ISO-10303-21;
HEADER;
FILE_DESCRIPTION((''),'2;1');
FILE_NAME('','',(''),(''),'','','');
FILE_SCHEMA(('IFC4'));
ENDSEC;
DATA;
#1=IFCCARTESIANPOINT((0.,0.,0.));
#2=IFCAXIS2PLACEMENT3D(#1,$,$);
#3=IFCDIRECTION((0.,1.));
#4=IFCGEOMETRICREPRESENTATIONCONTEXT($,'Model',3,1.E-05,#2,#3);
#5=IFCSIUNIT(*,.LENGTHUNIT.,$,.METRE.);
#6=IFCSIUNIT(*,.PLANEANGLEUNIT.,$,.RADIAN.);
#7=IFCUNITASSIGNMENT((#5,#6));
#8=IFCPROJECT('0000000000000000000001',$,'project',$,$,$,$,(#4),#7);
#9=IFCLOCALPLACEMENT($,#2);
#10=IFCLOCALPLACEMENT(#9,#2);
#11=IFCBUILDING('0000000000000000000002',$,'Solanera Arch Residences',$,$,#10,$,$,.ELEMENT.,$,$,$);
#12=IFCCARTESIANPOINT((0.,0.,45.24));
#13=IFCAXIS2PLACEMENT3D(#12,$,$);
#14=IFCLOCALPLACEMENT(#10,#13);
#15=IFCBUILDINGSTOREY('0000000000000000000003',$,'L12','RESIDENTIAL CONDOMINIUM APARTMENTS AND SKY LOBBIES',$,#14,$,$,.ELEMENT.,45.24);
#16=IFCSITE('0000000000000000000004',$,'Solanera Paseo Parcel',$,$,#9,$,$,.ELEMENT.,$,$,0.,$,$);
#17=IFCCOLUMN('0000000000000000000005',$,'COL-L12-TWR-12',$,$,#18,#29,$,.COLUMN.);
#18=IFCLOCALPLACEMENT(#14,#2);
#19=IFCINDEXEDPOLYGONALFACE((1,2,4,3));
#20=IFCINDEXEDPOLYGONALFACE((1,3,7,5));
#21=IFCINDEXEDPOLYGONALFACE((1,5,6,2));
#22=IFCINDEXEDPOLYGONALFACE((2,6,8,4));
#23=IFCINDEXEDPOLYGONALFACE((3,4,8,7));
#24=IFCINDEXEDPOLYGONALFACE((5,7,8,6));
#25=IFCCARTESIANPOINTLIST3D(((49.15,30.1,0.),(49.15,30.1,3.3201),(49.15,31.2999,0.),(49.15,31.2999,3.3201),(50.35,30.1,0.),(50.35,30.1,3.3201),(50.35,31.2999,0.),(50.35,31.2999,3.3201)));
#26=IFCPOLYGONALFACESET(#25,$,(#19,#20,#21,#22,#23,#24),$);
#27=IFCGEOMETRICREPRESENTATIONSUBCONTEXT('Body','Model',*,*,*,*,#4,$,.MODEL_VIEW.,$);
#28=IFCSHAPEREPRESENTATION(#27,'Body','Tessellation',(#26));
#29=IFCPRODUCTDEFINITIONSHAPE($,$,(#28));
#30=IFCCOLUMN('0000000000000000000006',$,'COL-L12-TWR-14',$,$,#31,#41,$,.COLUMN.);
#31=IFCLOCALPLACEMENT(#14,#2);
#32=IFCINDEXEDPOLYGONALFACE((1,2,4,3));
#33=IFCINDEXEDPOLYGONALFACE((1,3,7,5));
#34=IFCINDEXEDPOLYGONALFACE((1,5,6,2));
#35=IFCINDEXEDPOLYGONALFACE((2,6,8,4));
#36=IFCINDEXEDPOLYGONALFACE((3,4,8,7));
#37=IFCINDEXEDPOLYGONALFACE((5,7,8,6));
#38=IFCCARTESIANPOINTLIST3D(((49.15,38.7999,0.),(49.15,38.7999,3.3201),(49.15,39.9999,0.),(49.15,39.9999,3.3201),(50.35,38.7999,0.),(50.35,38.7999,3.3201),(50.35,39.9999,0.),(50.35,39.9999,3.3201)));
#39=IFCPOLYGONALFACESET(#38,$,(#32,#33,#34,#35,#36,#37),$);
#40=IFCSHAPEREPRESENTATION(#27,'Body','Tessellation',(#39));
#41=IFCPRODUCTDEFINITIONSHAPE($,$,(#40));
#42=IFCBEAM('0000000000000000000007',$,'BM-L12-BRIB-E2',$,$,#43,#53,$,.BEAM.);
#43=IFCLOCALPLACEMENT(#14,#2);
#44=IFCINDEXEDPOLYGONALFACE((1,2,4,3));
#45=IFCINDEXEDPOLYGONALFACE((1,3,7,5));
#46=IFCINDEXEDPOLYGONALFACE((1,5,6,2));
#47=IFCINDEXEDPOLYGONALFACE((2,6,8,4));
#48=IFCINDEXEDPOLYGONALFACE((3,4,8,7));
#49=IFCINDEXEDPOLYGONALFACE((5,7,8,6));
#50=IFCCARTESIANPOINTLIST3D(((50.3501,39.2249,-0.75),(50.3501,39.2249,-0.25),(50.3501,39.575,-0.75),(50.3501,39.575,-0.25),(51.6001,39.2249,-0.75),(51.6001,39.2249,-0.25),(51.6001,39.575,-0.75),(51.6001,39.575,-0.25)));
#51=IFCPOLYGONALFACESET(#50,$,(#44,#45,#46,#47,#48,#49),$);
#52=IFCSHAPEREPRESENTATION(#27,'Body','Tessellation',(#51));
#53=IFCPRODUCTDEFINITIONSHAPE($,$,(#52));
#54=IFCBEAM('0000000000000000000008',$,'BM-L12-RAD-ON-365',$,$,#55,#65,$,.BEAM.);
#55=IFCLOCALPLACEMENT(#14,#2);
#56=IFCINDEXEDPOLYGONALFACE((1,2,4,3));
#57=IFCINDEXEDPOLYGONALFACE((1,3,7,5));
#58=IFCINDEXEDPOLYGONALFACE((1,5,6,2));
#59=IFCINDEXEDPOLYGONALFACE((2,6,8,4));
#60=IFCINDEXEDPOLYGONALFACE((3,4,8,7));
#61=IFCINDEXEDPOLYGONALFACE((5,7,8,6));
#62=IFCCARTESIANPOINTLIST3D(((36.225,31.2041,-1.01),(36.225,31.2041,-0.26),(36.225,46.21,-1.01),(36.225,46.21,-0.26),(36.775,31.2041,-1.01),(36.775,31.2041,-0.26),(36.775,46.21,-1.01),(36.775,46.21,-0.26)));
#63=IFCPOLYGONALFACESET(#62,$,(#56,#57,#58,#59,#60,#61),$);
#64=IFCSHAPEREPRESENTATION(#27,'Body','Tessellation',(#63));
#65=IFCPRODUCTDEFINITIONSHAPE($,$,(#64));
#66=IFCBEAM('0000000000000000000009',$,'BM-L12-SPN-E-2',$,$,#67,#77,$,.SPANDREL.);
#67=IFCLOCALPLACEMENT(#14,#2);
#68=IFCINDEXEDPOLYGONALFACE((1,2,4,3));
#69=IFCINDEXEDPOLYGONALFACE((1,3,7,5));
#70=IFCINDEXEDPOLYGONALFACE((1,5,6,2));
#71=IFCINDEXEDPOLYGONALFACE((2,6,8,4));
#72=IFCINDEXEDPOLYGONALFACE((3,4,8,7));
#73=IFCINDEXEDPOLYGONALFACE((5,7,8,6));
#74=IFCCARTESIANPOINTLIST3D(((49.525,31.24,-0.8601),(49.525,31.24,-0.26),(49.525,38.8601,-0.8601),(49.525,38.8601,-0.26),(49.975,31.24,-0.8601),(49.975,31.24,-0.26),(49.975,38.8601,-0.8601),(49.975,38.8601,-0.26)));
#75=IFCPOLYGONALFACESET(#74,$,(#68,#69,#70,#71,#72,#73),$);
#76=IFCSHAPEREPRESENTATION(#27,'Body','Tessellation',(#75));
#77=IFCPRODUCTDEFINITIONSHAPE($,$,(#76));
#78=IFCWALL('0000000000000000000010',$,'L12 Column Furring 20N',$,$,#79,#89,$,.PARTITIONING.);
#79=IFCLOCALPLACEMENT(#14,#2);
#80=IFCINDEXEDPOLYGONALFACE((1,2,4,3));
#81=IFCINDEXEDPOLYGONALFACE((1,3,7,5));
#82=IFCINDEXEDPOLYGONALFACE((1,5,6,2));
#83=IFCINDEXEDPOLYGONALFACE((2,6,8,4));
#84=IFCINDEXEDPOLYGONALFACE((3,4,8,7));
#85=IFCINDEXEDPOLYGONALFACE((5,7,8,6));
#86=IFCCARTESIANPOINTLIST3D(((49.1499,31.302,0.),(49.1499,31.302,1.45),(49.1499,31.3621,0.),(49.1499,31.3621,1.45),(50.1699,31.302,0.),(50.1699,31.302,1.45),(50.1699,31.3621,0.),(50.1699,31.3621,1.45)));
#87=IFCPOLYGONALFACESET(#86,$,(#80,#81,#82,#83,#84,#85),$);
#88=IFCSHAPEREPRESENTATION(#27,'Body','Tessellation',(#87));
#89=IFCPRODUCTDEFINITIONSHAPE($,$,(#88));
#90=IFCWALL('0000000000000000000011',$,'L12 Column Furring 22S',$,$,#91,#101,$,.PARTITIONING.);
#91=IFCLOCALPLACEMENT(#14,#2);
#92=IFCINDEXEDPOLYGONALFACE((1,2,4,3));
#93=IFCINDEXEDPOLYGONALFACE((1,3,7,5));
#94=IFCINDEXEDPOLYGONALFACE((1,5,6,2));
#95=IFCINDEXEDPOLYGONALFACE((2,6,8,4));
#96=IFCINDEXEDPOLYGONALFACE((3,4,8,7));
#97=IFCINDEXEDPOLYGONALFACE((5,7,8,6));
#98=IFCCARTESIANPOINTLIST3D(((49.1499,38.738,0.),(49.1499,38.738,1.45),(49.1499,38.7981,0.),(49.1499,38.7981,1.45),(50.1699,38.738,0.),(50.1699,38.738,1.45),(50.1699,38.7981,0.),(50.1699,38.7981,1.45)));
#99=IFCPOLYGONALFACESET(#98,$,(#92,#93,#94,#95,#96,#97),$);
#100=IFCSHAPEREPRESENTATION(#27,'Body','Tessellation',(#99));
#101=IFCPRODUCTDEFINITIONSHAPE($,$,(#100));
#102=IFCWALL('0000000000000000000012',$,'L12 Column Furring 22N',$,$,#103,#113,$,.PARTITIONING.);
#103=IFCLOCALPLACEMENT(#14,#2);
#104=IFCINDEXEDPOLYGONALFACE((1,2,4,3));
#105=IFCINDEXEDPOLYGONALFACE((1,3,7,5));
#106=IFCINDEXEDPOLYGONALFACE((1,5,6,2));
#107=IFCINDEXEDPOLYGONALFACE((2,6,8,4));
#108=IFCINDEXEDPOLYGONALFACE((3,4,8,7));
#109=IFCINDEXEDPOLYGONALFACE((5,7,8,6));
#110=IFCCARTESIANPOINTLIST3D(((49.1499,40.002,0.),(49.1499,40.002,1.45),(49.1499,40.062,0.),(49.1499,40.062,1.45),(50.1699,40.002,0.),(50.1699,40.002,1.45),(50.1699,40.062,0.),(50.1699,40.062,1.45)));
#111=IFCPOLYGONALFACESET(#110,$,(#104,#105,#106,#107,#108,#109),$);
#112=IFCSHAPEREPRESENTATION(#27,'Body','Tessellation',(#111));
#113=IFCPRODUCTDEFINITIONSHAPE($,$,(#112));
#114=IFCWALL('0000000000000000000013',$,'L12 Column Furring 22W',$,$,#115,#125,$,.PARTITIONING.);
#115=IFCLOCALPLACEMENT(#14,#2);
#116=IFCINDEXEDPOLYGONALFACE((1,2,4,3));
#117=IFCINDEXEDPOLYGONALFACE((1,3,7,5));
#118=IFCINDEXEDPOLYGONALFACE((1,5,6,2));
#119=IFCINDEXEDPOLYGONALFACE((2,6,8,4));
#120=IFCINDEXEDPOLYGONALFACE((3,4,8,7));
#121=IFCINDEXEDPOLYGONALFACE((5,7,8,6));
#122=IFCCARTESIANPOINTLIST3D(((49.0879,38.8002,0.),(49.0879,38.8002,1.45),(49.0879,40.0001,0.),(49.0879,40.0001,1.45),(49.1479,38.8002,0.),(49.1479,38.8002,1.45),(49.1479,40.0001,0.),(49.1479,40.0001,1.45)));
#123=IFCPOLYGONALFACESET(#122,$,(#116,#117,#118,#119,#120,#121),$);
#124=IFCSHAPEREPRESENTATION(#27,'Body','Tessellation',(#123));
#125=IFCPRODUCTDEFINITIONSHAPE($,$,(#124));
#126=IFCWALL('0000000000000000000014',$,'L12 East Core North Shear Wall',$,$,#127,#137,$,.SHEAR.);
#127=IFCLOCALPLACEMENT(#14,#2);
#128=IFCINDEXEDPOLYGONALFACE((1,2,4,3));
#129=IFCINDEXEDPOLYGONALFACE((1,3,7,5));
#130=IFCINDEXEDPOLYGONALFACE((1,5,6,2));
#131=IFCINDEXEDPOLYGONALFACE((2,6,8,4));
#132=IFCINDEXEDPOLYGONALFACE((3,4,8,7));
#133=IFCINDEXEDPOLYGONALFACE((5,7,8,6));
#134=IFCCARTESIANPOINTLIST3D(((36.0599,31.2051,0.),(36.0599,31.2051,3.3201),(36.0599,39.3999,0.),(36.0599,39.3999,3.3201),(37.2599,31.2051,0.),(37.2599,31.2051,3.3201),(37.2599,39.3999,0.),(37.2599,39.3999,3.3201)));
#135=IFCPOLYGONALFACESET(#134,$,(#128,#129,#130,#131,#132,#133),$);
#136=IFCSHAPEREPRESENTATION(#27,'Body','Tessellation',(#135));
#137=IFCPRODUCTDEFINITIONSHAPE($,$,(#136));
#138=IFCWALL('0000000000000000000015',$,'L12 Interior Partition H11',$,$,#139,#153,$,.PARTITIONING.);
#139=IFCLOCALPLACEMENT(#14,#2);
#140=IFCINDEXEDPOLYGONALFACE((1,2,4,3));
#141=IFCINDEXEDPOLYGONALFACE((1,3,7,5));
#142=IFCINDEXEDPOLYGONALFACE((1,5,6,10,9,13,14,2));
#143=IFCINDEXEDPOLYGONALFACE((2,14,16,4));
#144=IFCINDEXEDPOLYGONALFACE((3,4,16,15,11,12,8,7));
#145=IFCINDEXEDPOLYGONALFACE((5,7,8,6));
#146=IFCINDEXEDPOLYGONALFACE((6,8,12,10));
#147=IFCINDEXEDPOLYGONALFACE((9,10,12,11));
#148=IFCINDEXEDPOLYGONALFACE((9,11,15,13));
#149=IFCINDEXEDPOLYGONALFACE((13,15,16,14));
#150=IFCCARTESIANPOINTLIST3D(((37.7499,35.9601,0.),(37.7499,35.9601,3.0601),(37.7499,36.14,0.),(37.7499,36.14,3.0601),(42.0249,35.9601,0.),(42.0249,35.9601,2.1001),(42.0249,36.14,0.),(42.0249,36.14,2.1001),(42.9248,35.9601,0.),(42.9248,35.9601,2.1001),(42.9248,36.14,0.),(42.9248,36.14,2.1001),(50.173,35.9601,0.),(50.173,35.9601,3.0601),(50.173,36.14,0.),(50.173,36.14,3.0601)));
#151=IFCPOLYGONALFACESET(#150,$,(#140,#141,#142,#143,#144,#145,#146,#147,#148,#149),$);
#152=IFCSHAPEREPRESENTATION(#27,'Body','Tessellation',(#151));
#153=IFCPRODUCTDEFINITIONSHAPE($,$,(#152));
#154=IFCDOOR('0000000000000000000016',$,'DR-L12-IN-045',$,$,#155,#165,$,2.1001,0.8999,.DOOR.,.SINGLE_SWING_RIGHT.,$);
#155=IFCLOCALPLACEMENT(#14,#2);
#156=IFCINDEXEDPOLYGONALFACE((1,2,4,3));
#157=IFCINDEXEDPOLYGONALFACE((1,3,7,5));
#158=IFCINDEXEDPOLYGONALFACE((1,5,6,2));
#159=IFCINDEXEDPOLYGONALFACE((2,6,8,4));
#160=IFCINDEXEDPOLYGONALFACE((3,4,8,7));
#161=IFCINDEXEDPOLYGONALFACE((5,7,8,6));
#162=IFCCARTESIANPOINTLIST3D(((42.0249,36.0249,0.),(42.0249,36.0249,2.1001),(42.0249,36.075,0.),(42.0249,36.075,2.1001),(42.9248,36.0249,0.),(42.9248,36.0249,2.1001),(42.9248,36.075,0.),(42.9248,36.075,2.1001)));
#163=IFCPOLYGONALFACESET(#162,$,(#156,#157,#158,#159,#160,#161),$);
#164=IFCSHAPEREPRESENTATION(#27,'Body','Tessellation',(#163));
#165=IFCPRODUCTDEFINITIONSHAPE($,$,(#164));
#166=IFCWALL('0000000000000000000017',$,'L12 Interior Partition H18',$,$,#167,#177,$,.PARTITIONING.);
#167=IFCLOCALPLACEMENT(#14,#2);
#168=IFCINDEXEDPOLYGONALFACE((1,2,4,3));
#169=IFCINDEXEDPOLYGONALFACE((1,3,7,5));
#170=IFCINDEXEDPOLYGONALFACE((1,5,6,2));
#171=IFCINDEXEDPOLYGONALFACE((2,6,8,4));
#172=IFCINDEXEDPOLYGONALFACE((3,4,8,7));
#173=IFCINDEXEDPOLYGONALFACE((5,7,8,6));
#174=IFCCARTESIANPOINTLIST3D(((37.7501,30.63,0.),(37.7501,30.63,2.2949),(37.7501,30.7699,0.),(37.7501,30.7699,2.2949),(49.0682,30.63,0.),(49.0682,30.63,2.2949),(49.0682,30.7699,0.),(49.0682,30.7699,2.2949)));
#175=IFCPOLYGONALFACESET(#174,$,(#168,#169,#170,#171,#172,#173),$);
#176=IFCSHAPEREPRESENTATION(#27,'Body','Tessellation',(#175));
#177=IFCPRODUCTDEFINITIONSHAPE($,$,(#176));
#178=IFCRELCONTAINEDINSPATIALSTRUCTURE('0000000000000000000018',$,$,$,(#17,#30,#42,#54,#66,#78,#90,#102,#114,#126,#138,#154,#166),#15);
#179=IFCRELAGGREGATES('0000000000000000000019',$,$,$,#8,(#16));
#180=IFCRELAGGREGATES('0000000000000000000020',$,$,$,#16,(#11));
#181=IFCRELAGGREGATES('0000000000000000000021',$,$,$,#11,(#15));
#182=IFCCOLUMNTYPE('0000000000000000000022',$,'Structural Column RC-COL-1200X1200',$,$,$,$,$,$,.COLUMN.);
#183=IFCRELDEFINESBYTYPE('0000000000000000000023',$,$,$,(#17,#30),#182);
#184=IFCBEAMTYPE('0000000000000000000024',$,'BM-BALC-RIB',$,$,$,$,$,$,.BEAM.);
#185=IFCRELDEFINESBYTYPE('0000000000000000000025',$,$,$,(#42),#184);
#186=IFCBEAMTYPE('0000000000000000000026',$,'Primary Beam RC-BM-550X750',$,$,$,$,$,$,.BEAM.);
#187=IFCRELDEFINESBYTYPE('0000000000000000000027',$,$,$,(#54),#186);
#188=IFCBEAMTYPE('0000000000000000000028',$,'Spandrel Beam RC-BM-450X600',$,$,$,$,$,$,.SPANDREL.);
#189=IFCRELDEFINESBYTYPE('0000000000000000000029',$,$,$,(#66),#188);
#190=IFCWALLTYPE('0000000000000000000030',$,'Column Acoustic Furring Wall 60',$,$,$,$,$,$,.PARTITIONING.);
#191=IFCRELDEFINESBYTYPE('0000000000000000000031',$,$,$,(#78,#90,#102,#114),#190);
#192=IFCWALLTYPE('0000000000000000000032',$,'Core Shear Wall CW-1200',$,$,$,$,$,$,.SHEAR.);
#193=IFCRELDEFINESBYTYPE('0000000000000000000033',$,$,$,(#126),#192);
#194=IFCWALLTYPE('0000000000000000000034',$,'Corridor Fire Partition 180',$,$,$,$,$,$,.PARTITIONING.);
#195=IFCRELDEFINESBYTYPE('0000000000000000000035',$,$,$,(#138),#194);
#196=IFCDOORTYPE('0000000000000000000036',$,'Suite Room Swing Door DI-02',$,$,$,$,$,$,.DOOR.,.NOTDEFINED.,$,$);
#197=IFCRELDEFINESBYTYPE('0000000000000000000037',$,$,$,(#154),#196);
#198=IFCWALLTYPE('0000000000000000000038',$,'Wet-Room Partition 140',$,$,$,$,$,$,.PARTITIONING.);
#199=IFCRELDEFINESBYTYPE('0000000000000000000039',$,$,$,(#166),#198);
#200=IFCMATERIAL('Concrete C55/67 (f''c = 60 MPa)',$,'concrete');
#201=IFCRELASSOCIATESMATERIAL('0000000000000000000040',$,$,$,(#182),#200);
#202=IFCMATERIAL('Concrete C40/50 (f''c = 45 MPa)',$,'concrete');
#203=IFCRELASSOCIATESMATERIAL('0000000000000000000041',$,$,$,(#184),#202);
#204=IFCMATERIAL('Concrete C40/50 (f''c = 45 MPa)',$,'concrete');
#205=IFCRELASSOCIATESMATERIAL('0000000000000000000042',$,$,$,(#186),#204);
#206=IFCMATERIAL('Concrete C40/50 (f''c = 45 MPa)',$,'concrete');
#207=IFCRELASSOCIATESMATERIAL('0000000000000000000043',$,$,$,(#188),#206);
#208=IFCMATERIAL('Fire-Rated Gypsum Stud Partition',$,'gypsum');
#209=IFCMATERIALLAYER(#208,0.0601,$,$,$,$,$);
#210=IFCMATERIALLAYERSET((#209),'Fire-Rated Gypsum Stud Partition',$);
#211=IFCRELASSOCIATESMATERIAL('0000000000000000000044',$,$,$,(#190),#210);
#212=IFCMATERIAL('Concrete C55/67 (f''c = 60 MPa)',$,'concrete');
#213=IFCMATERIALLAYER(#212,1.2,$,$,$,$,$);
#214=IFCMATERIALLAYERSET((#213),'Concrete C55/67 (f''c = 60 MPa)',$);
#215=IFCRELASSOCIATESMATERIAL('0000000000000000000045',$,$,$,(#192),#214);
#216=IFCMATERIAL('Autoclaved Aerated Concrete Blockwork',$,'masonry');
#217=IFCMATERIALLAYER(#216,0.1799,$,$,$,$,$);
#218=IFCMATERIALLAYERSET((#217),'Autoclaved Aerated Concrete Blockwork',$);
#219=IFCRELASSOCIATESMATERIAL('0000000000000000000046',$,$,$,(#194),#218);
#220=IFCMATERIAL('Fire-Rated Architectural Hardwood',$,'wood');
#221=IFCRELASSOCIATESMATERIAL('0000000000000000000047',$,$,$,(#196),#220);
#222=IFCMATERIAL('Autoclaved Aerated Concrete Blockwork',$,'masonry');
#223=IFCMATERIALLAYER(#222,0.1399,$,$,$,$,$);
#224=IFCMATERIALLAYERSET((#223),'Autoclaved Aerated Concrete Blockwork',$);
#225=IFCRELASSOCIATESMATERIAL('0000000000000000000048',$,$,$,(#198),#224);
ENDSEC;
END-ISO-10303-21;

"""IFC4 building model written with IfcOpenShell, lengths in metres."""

from ifc_helpers import new_model, si_unit, direction, frame, frame_2d, origin, origin_2d, place, context, subcontext, project, spatial, rectangle, extrude, material, layer, layer_set, material_profile, profile_set, type_object, element, fill, save


model = new_model("IFC4")

# Units and contexts
model_context = context("Model", 3, precision=1e-05, world=origin(), true_north=direction((0.0, 1.0)))
body_context = subcontext(model_context, "Body", "Model", "MODEL_VIEW")
ifc_project = project(units=[si_unit("LENGTHUNIT", "METRE"), si_unit("PLANEANGLEUNIT", "RADIAN")], contexts=[model_context])

# Site, building, storey
site_placement = place(None, origin())
site = spatial("IfcSite", under=ifc_project, at=site_placement, Name="Solanera Paseo Parcel", CompositionType="ELEMENT", RefElevation=0.0)
building_placement = place(site_placement, origin())
building = spatial("IfcBuilding", under=site, at=building_placement, Name="Solanera Arch Residences", CompositionType="ELEMENT")
storey_placement = place(building_placement, frame((0.0, 0.0, 45.24)))
storey = spatial("IfcBuildingStorey", under=building, at=storey_placement, Name="L12", Description="RESIDENTIAL CONDOMINIUM APARTMENTS AND SKY LOBBIES", CompositionType="ELEMENT", Elevation=45.24)

# Columns
ifc_material_1 = material(Name="Concrete C55/67 (f'c = 60 MPa)", Category="concrete")
ifc_material_profile_1 = material_profile(ifc_material_1, rectangle(XDim=1.2, YDim=1.2, at=origin_2d()))
ifc_profile_set_1 = profile_set([ifc_material_profile_1], Name="Concrete C55/67 (f'c = 60 MPa)")
column_type = type_object("IfcColumnType", Name="Structural Column RC-COL-1200X1200", PredefinedType="COLUMN", material=ifc_profile_set_1)
for number, where, z_axis, x_axis, name in (
    (1, (49.75, 30.7, 0.0), (0.0, 0.0, 1.0), (1.0, 0.0, 0.0), "COL-L12-TWR-12"),
    (2, (49.75, 39.3999, 0.0), (0.0, 0.0, 1.0), (1.0, 0.0, 0.0), "COL-L12-TWR-14"),
):
    element("IfcColumn", number, at=place(storey_placement, frame(where, z_axis=z_axis, x_axis=x_axis)), inside=storey, type_object=column_type, Name=name, PredefinedType="COLUMN", context=body_context, shape_type="SweptSolid", body=[
        extrude(rectangle(XDim=1.2, YDim=1.2, at=origin_2d()), origin(), (0.0, 0.0, 1.0), 3.3201),
    ])

# Beams
ifc_material_2 = material(Name="Concrete C40/50 (f'c = 45 MPa)", Category="concrete")
ifc_material_profile_2 = material_profile(ifc_material_2, rectangle(XDim=0.3501, YDim=0.5, at=origin_2d()))
ifc_profile_set_2 = profile_set([ifc_material_profile_2], Name="Concrete C40/50 (f'c = 45 MPa)")
beam_type_1 = type_object("IfcBeamType", Name="BM-BALC-RIB", PredefinedType="BEAM", material=ifc_profile_set_2)
beam_1_placement = place(storey_placement, frame((50.3501, 39.3999, -0.5), z_axis=(1.0, 0.0, 0.0), x_axis=(0.0, 1.0, 0.0)))
element("IfcBeam", 3, at=beam_1_placement, inside=storey, type_object=beam_type_1, Name="BM-L12-BRIB-E2", PredefinedType="BEAM", context=body_context, shape_type="SweptSolid", body=[
    extrude(rectangle(XDim=0.3501, YDim=0.5, at=origin_2d()), origin(), (0.0, 0.0, 1.0), 1.25),
])
ifc_material_3 = material(Name="Concrete C40/50 (f'c = 45 MPa)", Category="concrete")
ifc_material_profile_3 = material_profile(ifc_material_3, rectangle(XDim=0.55, YDim=0.75, at=origin_2d()))
ifc_profile_set_3 = profile_set([ifc_material_profile_3], Name="Concrete C40/50 (f'c = 45 MPa)")
beam_type_2 = type_object("IfcBeamType", Name="Primary Beam RC-BM-550X750", PredefinedType="BEAM", material=ifc_profile_set_3)
beam_2_placement = place(storey_placement, frame((36.5, 31.2041, -0.635), z_axis=(0.0, 1.0, 0.0), x_axis=(-1.0, 0.0, 0.0)))
element("IfcBeam", 4, at=beam_2_placement, inside=storey, type_object=beam_type_2, Name="BM-L12-RAD-ON-365", PredefinedType="BEAM", context=body_context, shape_type="SweptSolid", body=[
    extrude(rectangle(XDim=0.55, YDim=0.75, at=origin_2d()), origin(), (0.0, 0.0, 1.0), 15.0059),
])
ifc_material_4 = material(Name="Concrete C40/50 (f'c = 45 MPa)", Category="concrete")
ifc_material_profile_4 = material_profile(ifc_material_4, rectangle(XDim=0.45, YDim=0.6001, at=origin_2d()))
ifc_profile_set_4 = profile_set([ifc_material_profile_4], Name="Concrete C40/50 (f'c = 45 MPa)")
beam_type_3 = type_object("IfcBeamType", Name="Spandrel Beam RC-BM-450X600", PredefinedType="SPANDREL", material=ifc_profile_set_4)
beam_3_placement = place(storey_placement, frame((49.75, 31.24, -0.5601), z_axis=(0.0, 1.0, 0.0), x_axis=(-1.0, 0.0, 0.0)))
element("IfcBeam", 5, at=beam_3_placement, inside=storey, type_object=beam_type_3, Name="BM-L12-SPN-E-2", PredefinedType="SPANDREL", context=body_context, shape_type="SweptSolid", body=[
    extrude(rectangle(XDim=0.45, YDim=0.6001, at=origin_2d()), origin(), (0.0, 0.0, 1.0), 7.6201),
])

# Walls
ifc_material_5 = material(Name="Fire-Rated Gypsum Stud Partition", Category="gypsum")
ifc_layer_1 = layer(ifc_material_5, 0.0601)
ifc_layer_set_1 = layer_set([ifc_layer_1], Name="Fire-Rated Gypsum Stud Partition")
wall_type_1 = type_object("IfcWallType", Name="Column Acoustic Furring Wall 60", PredefinedType="PARTITIONING", material=ifc_layer_set_1)
for number, where, z_axis, x_axis, name in (
    (6, (49.1499, 31.332, 0.0), (0.0, 0.0, 1.0), (1.0, 0.0, 0.0), "L12 Column Furring 20N"),
    (7, (49.1499, 38.7681, 0.0), (0.0, 0.0, 1.0), (1.0, 0.0, 0.0), "L12 Column Furring 22S"),
    (8, (49.1499, 40.032, 0.0), (0.0, 0.0, 1.0), (1.0, 0.0, 0.0), "L12 Column Furring 22N"),
):
    element("IfcWall", number, at=place(storey_placement, frame(where, z_axis=z_axis, x_axis=x_axis)), inside=storey, type_object=wall_type_1, Name=name, PredefinedType="PARTITIONING", context=body_context, shape_type="SweptSolid", body=[
        extrude(rectangle(XDim=1.02, YDim=0.0601, at=frame_2d((0.51, 0.0))), origin(), (0.0, 0.0, 1.0), 1.45),
    ])
wall_1_placement = place(storey_placement, frame((49.1179, 38.8, 0.0), z_axis=(0.0, 0.0, 1.0), x_axis=(0.0, 1.0, 0.0)))
element("IfcWall", 9, at=wall_1_placement, inside=storey, type_object=wall_type_1, Name="L12 Column Furring 22W", PredefinedType="PARTITIONING", context=body_context, shape_type="SweptSolid", body=[
    extrude(rectangle(XDim=1.2, YDim=0.0601, at=frame_2d((0.6001, 0.0))), origin(), (0.0, 0.0, 1.0), 1.45),
])
ifc_material_6 = material(Name="Concrete C55/67 (f'c = 60 MPa)", Category="concrete")
ifc_layer_2 = layer(ifc_material_6, 1.2)
ifc_layer_set_2 = layer_set([ifc_layer_2], Name="Concrete C55/67 (f'c = 60 MPa)")
wall_type_2 = type_object("IfcWallType", Name="Core Shear Wall CW-1200", PredefinedType="SHEAR", material=ifc_layer_set_2)
wall_2_placement = place(storey_placement, frame((36.6599, 31.2051, 0.0), z_axis=(0.0, 0.0, 1.0), x_axis=(0.0, 1.0, 0.0)))
element("IfcWall", 10, at=wall_2_placement, inside=storey, type_object=wall_type_2, Name="L12 East Core North Shear Wall", PredefinedType="SHEAR", context=body_context, shape_type="SweptSolid", body=[
    extrude(rectangle(XDim=8.1948, YDim=1.2, at=frame_2d((4.0974, 0.0))), origin(), (0.0, 0.0, 1.0), 3.3201),
])

# Wall, opening, door
ifc_material_7 = material(Name="Autoclaved Aerated Concrete Blockwork", Category="masonry")
ifc_layer_3 = layer(ifc_material_7, 0.1799)
ifc_layer_set_3 = layer_set([ifc_layer_3], Name="Autoclaved Aerated Concrete Blockwork")
wall_type_3 = type_object("IfcWallType", Name="Corridor Fire Partition 180", PredefinedType="PARTITIONING", material=ifc_layer_set_3)
wall_3_placement = place(storey_placement, frame((37.75, 36.05, 0.0), z_axis=(0.0, 0.0, 1.0), x_axis=(1.0, 0.0, 0.0)))
wall_3 = element("IfcWall", 11, at=wall_3_placement, inside=storey, type_object=wall_type_3, Name="L12 Interior Partition H11", PredefinedType="PARTITIONING", context=body_context, shape_type="SweptSolid", body=[
    extrude(rectangle(XDim=12.4231, YDim=0.1799, at=frame_2d((6.2114, 0.0))), origin(), (0.0, 0.0, 1.0), 3.0601),
])
opening_1_placement = place(wall_3_placement, frame((4.2749, 0.0, 0.0)))
opening_1 = element("IfcOpeningElement", 12, at=opening_1_placement, cuts=wall_3, PredefinedType="OPENING", context=body_context, shape_type="SweptSolid", body=[
    extrude(rectangle(XDim=0.8999, YDim=2.1001, at=frame_2d((0.45, 1.05))), frame((0.0, 0.1001, 0.0), z_axis=(0.0, -1.0, 0.0), x_axis=(1.0, 0.0, 0.0)), (0.0, 0.0, 1.0), 0.1999),
])
ifc_material_8 = material(Name="Fire-Rated Architectural Hardwood", Category="wood")
door_type_1 = type_object("IfcDoorType", Name="Suite Room Swing Door DI-02", OperationType="NOTDEFINED", PredefinedType="DOOR", material=ifc_material_8)
door_1_placement = place(opening_1_placement, origin())
door_1 = element("IfcDoor", 13, at=door_1_placement, inside=storey, type_object=door_type_1, Name="DR-L12-IN-045", OperationType="SINGLE_SWING_RIGHT", OverallHeight=2.1001, OverallWidth=0.8999, PredefinedType="DOOR", context=body_context, shape_type="SweptSolid", body=[
    extrude(rectangle(XDim=0.8999, YDim=2.1001, at=frame_2d((0.45, 1.05))), frame((0.0, 0.0249, 0.0), z_axis=(0.0, -1.0, 0.0), x_axis=(1.0, 0.0, 0.0)), (0.0, 0.0, 1.0), 0.05),
])
fill(opening_1, door_1)

# Wall
ifc_material_9 = material(Name="Autoclaved Aerated Concrete Blockwork", Category="masonry")
ifc_layer_4 = layer(ifc_material_9, 0.1399)
ifc_layer_set_4 = layer_set([ifc_layer_4], Name="Autoclaved Aerated Concrete Blockwork")
wall_type_4 = type_object("IfcWallType", Name="Wet-Room Partition 140", PredefinedType="PARTITIONING", material=ifc_layer_set_4)
wall_4_placement = place(storey_placement, frame((37.75, 30.7, 0.0), z_axis=(0.0, 0.0, 1.0), x_axis=(1.0, 0.0, 0.0)))
element("IfcWall", 14, at=wall_4_placement, inside=storey, type_object=wall_type_4, Name="L12 Interior Partition H18", PredefinedType="PARTITIONING", context=body_context, shape_type="SweptSolid", body=[
    extrude(rectangle(XDim=11.3181, YDim=0.1399, at=frame_2d((5.6592, 0.0))), origin(), (0.0, 0.0, 1.0), 2.2949),
])

save(model, "model.ifc")
